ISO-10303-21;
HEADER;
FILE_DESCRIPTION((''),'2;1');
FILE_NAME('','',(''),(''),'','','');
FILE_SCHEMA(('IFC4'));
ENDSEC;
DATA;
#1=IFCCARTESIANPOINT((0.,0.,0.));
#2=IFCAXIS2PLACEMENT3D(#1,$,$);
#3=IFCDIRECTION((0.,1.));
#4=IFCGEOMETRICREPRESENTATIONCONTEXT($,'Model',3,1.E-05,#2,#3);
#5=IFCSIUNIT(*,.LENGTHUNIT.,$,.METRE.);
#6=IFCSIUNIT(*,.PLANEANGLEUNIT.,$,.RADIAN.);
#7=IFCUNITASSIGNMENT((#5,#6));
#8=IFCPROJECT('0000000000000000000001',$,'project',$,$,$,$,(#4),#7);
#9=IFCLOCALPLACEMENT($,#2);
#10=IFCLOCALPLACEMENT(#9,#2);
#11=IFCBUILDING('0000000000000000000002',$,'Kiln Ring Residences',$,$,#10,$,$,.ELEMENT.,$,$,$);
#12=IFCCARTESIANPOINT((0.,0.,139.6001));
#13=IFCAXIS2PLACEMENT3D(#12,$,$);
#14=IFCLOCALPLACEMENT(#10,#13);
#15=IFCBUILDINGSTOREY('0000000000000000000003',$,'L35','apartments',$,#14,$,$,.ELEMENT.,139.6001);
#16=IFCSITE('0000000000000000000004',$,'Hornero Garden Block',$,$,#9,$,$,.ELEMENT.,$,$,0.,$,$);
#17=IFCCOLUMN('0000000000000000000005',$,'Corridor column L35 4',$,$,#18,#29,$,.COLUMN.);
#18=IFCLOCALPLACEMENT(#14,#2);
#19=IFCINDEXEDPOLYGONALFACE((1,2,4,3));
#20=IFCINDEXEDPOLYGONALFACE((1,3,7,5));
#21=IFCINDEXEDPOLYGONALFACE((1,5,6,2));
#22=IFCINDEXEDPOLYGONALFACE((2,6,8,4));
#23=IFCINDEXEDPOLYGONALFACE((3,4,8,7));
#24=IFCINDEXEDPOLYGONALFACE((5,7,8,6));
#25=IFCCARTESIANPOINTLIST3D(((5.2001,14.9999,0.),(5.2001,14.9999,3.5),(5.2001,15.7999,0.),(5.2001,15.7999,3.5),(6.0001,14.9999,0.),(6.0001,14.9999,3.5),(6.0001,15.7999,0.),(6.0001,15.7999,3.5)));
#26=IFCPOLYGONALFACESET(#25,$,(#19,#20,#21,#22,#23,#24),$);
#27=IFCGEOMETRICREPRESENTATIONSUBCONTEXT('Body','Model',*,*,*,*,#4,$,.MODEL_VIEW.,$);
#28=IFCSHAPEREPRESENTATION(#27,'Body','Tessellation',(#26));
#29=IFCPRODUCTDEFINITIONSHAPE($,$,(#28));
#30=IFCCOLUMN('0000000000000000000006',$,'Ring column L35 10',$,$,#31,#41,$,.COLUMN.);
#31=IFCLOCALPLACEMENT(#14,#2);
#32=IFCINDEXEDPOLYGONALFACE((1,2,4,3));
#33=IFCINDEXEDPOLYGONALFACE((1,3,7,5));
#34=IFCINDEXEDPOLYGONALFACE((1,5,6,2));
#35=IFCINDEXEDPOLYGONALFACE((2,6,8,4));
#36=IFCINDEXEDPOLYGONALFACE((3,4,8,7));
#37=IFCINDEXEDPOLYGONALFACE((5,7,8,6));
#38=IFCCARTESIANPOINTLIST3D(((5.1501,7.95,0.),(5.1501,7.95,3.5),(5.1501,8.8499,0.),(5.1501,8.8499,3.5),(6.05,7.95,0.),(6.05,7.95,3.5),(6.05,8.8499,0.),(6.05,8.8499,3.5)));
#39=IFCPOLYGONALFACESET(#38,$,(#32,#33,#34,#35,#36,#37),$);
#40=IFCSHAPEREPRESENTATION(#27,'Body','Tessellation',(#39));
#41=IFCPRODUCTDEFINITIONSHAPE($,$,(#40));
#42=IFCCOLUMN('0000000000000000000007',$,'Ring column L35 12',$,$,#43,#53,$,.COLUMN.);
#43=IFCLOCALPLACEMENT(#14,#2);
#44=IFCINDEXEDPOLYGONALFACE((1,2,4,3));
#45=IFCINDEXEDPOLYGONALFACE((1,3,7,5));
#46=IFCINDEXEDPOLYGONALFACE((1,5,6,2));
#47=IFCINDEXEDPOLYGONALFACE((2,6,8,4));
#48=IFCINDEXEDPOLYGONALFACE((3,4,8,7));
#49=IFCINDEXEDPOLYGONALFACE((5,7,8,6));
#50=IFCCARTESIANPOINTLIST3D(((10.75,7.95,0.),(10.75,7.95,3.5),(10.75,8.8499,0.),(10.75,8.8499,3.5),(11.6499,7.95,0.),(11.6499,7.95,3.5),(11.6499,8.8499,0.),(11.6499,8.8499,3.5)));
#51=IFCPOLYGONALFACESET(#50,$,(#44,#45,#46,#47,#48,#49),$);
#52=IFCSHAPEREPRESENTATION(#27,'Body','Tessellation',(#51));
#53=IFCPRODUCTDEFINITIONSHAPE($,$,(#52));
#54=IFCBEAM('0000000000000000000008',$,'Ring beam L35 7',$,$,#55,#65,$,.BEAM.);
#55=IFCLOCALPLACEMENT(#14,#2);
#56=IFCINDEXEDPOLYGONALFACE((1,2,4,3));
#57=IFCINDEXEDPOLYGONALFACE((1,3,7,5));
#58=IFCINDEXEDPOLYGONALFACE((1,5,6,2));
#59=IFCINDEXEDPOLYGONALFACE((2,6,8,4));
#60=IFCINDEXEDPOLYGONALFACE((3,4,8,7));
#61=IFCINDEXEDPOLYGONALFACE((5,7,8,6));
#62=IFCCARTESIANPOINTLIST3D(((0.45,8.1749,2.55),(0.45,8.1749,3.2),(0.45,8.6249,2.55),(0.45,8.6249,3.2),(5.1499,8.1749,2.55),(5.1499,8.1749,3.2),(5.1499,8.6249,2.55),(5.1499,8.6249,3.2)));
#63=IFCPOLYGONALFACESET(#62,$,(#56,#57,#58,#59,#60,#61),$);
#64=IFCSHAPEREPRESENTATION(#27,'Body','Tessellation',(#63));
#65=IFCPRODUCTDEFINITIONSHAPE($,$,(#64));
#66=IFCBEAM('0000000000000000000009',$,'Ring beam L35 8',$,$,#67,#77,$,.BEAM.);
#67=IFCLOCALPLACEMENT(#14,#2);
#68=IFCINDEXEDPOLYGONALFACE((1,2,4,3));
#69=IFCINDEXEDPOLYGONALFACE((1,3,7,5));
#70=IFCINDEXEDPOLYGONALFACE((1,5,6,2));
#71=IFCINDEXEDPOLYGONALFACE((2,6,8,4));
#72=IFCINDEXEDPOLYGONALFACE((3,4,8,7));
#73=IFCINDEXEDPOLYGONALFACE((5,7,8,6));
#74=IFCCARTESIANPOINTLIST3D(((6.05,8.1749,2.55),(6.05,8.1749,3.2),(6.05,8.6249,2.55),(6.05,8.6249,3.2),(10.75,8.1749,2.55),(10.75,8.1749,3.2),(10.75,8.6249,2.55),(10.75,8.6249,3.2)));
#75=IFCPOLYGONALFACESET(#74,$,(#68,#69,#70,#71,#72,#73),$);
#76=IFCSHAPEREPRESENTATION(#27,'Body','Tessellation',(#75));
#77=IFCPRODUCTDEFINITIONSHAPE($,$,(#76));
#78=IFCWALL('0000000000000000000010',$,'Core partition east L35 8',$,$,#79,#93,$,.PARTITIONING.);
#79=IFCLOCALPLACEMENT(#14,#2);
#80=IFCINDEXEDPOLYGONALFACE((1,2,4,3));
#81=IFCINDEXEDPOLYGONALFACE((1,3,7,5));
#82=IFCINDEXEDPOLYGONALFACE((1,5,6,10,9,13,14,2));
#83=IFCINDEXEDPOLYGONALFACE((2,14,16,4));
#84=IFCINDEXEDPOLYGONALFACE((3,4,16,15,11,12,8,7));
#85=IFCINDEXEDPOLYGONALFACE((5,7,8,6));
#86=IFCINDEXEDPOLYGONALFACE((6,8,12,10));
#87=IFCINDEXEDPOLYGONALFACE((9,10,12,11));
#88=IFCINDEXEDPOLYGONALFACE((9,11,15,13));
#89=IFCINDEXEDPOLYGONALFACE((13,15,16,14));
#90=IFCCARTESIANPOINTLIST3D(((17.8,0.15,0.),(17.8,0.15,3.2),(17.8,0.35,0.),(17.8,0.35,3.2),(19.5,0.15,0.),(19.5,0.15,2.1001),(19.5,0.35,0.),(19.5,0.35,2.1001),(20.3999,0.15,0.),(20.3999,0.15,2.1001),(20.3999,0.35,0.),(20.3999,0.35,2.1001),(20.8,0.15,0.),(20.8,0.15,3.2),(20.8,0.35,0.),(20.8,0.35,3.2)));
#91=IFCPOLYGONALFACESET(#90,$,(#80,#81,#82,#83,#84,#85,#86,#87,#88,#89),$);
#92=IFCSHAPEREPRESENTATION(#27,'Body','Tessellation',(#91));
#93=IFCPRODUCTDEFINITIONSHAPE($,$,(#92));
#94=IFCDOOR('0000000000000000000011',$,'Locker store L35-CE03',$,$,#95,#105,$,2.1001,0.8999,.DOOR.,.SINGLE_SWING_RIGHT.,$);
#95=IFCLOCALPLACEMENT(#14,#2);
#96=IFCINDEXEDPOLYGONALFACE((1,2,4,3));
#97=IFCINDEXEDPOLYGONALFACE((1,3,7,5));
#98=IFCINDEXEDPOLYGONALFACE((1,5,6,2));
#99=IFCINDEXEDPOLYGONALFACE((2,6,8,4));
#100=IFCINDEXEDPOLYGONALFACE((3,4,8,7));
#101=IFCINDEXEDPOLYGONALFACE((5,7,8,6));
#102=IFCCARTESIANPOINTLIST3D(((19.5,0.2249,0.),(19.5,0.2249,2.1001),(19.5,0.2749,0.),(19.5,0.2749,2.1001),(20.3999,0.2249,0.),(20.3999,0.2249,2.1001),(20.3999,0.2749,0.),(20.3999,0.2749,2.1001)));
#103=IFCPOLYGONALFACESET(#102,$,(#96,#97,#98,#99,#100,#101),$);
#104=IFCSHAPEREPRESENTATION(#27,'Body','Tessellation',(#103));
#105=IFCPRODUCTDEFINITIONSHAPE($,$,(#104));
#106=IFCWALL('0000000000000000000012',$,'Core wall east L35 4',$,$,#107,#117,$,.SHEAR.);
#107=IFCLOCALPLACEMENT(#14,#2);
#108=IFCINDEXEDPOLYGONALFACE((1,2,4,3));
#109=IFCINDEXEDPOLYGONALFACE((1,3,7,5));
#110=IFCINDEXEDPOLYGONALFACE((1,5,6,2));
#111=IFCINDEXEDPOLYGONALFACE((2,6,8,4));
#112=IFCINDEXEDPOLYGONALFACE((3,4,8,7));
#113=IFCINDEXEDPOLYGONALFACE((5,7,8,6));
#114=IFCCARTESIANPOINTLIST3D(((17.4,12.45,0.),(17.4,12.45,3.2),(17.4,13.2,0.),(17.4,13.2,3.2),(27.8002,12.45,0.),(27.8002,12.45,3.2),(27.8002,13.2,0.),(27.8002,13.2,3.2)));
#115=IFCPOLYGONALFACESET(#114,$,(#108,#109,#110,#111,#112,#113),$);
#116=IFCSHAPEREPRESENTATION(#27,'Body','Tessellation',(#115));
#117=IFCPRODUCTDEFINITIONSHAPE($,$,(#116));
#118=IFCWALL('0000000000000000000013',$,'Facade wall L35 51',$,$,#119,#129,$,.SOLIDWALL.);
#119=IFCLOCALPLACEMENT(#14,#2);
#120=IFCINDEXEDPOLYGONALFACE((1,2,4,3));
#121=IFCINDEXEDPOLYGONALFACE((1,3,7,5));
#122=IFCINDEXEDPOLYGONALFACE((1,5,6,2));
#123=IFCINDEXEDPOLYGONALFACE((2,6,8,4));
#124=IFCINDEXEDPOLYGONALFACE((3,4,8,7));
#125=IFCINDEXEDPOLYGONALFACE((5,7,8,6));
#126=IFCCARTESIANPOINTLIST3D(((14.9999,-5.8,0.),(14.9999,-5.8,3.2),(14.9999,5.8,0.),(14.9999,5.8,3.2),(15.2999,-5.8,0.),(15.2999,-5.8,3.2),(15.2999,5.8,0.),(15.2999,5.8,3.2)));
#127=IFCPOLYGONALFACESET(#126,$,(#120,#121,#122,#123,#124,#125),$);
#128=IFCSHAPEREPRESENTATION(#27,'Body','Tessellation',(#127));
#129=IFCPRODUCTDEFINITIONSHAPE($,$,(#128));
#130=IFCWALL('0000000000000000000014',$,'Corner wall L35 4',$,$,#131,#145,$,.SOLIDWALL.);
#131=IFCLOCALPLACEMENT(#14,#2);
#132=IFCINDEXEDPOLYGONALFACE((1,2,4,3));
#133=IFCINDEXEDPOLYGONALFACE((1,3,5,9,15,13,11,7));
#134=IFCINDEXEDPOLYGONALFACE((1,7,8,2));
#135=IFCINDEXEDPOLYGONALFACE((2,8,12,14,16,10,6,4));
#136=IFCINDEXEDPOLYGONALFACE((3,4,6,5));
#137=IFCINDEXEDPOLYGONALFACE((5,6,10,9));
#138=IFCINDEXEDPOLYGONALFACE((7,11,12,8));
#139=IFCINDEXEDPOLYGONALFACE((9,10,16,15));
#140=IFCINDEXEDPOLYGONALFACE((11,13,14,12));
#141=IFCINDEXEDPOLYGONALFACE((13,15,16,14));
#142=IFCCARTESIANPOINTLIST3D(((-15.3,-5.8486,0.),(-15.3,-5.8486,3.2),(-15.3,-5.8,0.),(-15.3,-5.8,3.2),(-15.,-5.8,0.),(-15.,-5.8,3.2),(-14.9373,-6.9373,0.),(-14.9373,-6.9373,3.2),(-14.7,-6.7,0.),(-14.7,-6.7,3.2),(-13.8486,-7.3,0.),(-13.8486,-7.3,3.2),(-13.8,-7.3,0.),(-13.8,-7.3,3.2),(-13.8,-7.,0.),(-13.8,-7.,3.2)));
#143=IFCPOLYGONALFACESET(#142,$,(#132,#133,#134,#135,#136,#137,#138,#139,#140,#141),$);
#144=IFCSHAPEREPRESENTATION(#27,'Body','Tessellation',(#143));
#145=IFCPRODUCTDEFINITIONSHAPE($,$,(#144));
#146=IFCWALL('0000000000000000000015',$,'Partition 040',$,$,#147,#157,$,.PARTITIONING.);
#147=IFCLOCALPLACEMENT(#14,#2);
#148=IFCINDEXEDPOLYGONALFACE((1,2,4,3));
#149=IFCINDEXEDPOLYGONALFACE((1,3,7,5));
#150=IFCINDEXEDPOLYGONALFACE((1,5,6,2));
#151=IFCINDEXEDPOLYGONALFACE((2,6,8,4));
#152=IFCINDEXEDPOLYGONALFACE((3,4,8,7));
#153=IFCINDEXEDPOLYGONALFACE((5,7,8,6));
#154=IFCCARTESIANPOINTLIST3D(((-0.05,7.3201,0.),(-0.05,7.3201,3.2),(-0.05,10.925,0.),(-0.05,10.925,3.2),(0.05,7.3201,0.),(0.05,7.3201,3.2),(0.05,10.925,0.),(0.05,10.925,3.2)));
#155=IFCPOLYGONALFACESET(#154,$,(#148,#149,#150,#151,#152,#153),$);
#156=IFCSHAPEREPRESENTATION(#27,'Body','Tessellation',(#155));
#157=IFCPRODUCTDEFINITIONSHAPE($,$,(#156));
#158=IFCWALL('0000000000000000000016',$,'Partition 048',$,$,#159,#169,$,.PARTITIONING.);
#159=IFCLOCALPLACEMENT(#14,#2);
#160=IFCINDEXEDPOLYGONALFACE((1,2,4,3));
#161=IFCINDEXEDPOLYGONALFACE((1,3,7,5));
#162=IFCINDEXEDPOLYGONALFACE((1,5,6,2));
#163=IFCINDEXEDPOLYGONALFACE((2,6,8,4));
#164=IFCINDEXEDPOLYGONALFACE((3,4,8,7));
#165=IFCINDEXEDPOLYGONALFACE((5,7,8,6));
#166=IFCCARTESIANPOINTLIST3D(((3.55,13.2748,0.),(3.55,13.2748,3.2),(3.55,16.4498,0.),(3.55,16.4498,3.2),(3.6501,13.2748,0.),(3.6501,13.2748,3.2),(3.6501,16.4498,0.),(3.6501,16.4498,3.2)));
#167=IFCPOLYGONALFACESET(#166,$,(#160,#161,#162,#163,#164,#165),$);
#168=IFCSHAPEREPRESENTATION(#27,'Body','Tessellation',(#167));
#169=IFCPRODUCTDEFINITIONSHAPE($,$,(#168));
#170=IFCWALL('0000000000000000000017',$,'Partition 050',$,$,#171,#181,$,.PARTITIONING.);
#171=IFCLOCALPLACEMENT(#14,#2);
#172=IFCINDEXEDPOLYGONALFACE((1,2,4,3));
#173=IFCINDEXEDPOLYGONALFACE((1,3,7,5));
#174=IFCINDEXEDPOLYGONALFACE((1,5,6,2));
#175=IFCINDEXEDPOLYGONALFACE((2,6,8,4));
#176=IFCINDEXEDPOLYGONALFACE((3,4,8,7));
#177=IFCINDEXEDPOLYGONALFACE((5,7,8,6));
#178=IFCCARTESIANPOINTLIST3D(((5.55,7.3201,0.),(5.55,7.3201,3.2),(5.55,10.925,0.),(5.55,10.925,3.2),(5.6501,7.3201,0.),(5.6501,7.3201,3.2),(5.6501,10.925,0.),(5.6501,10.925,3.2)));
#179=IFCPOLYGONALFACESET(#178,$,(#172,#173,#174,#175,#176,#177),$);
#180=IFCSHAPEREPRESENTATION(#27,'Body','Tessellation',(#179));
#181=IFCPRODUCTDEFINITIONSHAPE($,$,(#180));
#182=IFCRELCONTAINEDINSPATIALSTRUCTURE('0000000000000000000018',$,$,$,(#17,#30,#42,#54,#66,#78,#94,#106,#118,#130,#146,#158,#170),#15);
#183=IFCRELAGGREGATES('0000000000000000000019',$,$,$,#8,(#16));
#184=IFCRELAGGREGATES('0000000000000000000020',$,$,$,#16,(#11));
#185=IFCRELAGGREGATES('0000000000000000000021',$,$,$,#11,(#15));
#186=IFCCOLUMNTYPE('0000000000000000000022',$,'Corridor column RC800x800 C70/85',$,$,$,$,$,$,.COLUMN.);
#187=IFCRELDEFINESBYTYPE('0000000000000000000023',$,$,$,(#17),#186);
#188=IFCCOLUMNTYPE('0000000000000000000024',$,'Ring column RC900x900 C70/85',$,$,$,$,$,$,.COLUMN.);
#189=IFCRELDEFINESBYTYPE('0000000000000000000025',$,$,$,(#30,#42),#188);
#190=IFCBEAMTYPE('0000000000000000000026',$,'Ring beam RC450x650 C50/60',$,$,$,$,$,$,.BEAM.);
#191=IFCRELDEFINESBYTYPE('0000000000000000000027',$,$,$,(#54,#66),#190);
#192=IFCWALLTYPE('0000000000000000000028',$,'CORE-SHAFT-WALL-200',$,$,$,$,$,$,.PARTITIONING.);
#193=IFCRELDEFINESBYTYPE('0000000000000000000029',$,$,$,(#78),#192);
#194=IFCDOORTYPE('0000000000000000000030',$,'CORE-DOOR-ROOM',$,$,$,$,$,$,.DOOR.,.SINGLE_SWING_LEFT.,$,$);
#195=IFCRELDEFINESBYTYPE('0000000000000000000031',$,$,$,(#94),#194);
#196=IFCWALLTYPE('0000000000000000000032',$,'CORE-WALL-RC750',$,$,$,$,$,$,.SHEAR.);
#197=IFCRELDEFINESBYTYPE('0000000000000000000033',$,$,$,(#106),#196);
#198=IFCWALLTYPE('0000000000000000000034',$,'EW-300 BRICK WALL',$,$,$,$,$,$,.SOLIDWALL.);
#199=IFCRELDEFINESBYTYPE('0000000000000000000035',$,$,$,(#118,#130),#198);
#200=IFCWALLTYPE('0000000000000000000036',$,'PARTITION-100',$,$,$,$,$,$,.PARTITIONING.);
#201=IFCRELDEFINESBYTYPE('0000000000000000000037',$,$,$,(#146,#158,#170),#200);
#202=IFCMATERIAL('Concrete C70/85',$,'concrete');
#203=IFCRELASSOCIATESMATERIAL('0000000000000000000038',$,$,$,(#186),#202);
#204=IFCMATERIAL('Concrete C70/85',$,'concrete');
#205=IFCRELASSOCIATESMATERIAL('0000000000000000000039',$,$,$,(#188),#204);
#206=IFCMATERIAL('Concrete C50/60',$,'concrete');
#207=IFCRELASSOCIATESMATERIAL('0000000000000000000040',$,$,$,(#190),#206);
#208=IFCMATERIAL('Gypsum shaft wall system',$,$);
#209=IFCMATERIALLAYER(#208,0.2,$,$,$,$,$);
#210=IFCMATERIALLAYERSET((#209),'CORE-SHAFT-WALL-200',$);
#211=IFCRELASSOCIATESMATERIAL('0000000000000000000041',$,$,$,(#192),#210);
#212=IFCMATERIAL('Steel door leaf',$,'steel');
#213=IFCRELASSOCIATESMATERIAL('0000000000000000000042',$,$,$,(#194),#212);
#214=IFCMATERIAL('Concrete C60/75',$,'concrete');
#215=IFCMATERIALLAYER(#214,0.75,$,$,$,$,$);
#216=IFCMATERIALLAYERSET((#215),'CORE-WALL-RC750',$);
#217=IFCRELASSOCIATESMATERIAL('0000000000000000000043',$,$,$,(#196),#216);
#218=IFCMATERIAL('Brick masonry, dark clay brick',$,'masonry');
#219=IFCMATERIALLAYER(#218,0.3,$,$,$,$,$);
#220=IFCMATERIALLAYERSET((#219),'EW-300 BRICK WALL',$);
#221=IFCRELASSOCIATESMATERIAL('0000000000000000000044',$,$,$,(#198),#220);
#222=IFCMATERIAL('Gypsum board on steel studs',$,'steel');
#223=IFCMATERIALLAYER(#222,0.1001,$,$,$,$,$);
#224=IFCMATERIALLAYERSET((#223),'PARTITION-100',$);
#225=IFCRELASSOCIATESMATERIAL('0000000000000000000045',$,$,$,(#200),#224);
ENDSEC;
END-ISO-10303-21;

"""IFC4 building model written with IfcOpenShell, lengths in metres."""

from ifc_helpers import new_model, si_unit, direction, frame, frame_2d, origin, origin_2d, place, context, subcontext, project, spatial, polyline, rectangle, outline, extrude, material, layer, layer_set, material_profile, profile_set, type_object, element, fill, save


model = new_model("IFC4")

# Units and contexts
model_context = context("Model", 3, precision=1e-05, world=origin(), true_north=direction((0.0, 1.0)))
body_context = subcontext(model_context, "Body", "Model", "MODEL_VIEW")
ifc_project = project(units=[si_unit("LENGTHUNIT", "METRE"), si_unit("PLANEANGLEUNIT", "RADIAN")], contexts=[model_context])

# Site, building, storey
site_placement = place(None, origin())
site = spatial("IfcSite", under=ifc_project, at=site_placement, Name="Hornero Garden Block", CompositionType="ELEMENT", RefElevation=0.0)
building_placement = place(site_placement, origin())
building = spatial("IfcBuilding", under=site, at=building_placement, Name="Kiln Ring Residences", CompositionType="ELEMENT")
storey_placement = place(building_placement, frame((0.0, 0.0, 139.6001)))
storey = spatial("IfcBuildingStorey", under=building, at=storey_placement, Name="L35", Description="apartments", CompositionType="ELEMENT", Elevation=139.6001)

# Columns
ifc_material_1 = material(Name="Concrete C70/85", Category="concrete")
ifc_material_profile_1 = material_profile(ifc_material_1, rectangle(XDim=0.8, YDim=0.8, at=origin_2d()), Name="RC800x800")
ifc_profile_set_1 = profile_set([ifc_material_profile_1], Name="Concrete C70/85")
column_type_1 = type_object("IfcColumnType", Name="Corridor column RC800x800 C70/85", PredefinedType="COLUMN", material=ifc_profile_set_1)
column_placement = place(storey_placement, frame((5.6001, 15.3999, 0.0), z_axis=(0.0, 0.0, 1.0), x_axis=(1.0, 0.0, 0.0)))
element("IfcColumn", 1, at=column_placement, inside=storey, type_object=column_type_1, Name="Corridor column L35 4", PredefinedType="COLUMN", context=body_context, shape_type="SweptSolid", body=[
    extrude(rectangle(XDim=0.8, YDim=0.8, at=origin_2d()), origin(), (0.0, 0.0, 1.0), 3.5),
])
ifc_material_2 = material(Name="Concrete C70/85", Category="concrete")
ifc_material_profile_2 = material_profile(ifc_material_2, rectangle(XDim=0.8999, YDim=0.8999, at=origin_2d()), Name="RC900x900")
ifc_profile_set_2 = profile_set([ifc_material_profile_2], Name="Concrete C70/85")
column_type_2 = type_object("IfcColumnType", Name="Ring column RC900x900 C70/85", PredefinedType="COLUMN", material=ifc_profile_set_2)
for number, where, z_axis, x_axis, name in (
    (2, (5.6001, 8.3999, 0.0), (0.0, 0.0, 1.0), (1.0, 0.0, 0.0), "Ring column L35 10"),
    (3, (11.2, 8.3999, 0.0), (0.0, 0.0, 1.0), (1.0, 0.0, 0.0), "Ring column L35 12"),
):
    element("IfcColumn", number, at=place(storey_placement, frame(where, z_axis=z_axis, x_axis=x_axis)), inside=storey, type_object=column_type_2, Name=name, PredefinedType="COLUMN", context=body_context, shape_type="SweptSolid", body=[
        extrude(rectangle(XDim=0.8999, YDim=0.8999, at=origin_2d()), origin(), (0.0, 0.0, 1.0), 3.5),
    ])

# Beams
ifc_material_3 = material(Name="Concrete C50/60", Category="concrete")
ifc_material_profile_3 = material_profile(ifc_material_3, rectangle(XDim=0.45, YDim=0.6499, at=origin_2d()), Name="RC450x650")
ifc_profile_set_3 = profile_set([ifc_material_profile_3], Name="Concrete C50/60")
beam_type = type_object("IfcBeamType", Name="Ring beam RC450x650 C50/60", PredefinedType="BEAM", material=ifc_profile_set_3)
for number, where, z_axis, x_axis, name in (
    (4, (0.45, 8.3999, 2.875), (1.0, 0.0, 0.0), (0.0, 1.0, 0.0), "Ring beam L35 7"),
    (5, (6.05, 8.3999, 2.875), (1.0, 0.0, 0.0), (0.0, 1.0, 0.0), "Ring beam L35 8"),
):
    element("IfcBeam", number, at=place(storey_placement, frame(where, z_axis=z_axis, x_axis=x_axis)), inside=storey, type_object=beam_type, Name=name, PredefinedType="BEAM", context=body_context, shape_type="SweptSolid", body=[
        extrude(rectangle(XDim=0.45, YDim=0.6499, at=origin_2d()), origin(), (0.0, 0.0, 1.0), 4.7),
    ])

# Wall, opening, door
ifc_material_4 = material(Name="Gypsum shaft wall system")
ifc_layer_1 = layer(ifc_material_4, 0.2)
ifc_layer_set_1 = layer_set([ifc_layer_1], Name="CORE-SHAFT-WALL-200")
wall_type_1 = type_object("IfcWallType", Name="CORE-SHAFT-WALL-200", PredefinedType="PARTITIONING", material=ifc_layer_set_1)
wall_1_placement = place(storey_placement, frame((17.8, 0.25, 0.0), z_axis=(0.0, 0.0, 1.0), x_axis=(1.0, 0.0, 0.0)))
wall_1 = element("IfcWall", 6, at=wall_1_placement, inside=storey, type_object=wall_type_1, Name="Core partition east L35 8", PredefinedType="PARTITIONING", context=body_context, shape_type="SweptSolid", body=[
    extrude(rectangle(XDim=3.0, YDim=0.2, at=frame_2d((1.5, 0.0))), origin(), (0.0, 0.0, 1.0), 3.2),
])
opening_1_placement = place(wall_1_placement, frame((1.7, 0.0, 0.0)))
opening_1 = element("IfcOpeningElement", 7, at=opening_1_placement, cuts=wall_1, PredefinedType="OPENING", context=body_context, shape_type="SweptSolid", body=[
    extrude(rectangle(XDim=0.8999, YDim=2.1001, at=frame_2d((0.45, 1.05))), frame((0.0, 0.1099, 0.0), z_axis=(0.0, -1.0, 0.0), x_axis=(1.0, 0.0, 0.0)), (0.0, 0.0, 1.0), 0.22),
])
ifc_material_5 = material(Name="Steel door leaf", Category="steel")
door_type_1 = type_object("IfcDoorType", Name="CORE-DOOR-ROOM", OperationType="SINGLE_SWING_LEFT", PredefinedType="DOOR", material=ifc_material_5)
door_1_placement = place(opening_1_placement, origin())
door_1 = element("IfcDoor", 8, at=door_1_placement, inside=storey, type_object=door_type_1, Name="Locker store L35-CE03", OperationType="SINGLE_SWING_RIGHT", OverallHeight=2.1001, OverallWidth=0.8999, PredefinedType="DOOR", context=body_context, shape_type="SweptSolid", body=[
    extrude(rectangle(XDim=0.8999, YDim=2.1001, at=frame_2d((0.45, 1.05))), frame((0.0, 0.0249, 0.0), z_axis=(0.0, -1.0, 0.0), x_axis=(1.0, 0.0, 0.0)), (0.0, 0.0, 1.0), 0.05),
])
fill(opening_1, door_1)

# Walls
ifc_material_6 = material(Name="Concrete C60/75", Category="concrete")
ifc_layer_2 = layer(ifc_material_6, 0.75)
ifc_layer_set_2 = layer_set([ifc_layer_2], Name="CORE-WALL-RC750")
wall_type_2 = type_object("IfcWallType", Name="CORE-WALL-RC750", PredefinedType="SHEAR", material=ifc_layer_set_2)
wall_2_placement = place(storey_placement, frame((17.3999, 12.825, 0.0), z_axis=(0.0, 0.0, 1.0), x_axis=(1.0, 0.0, 0.0)))
element("IfcWall", 9, at=wall_2_placement, inside=storey, type_object=wall_type_2, Name="Core wall east L35 4", PredefinedType="SHEAR", context=body_context, shape_type="SweptSolid", body=[
    extrude(rectangle(XDim=10.4001, YDim=0.75, at=frame_2d((5.2002, 0.0))), origin(), (0.0, 0.0, 1.0), 3.2),
])
ifc_material_7 = material(Name="Brick masonry, dark clay brick", Category="masonry")
ifc_layer_3 = layer(ifc_material_7, 0.3)
ifc_layer_set_3 = layer_set([ifc_layer_3], Name="EW-300 BRICK WALL")
wall_type_3 = type_object("IfcWallType", Name="EW-300 BRICK WALL", PredefinedType="SOLIDWALL", material=ifc_layer_set_3)
wall_3_placement = place(storey_placement, frame((15.1499, 5.8, 0.0), z_axis=(0.0, 0.0, 1.0), x_axis=(0.0, -1.0, 0.0)))
element("IfcWall", 10, at=wall_3_placement, inside=storey, type_object=wall_type_3, Name="Facade wall L35 51", PredefinedType="SOLIDWALL", context=body_context, shape_type="SweptSolid", body=[
    extrude(rectangle(XDim=11.6001, YDim=0.3, at=frame_2d((5.8, 0.0))), origin(), (0.0, 0.0, 1.0), 3.2),
])
wall_4_placement = place(storey_placement, origin())
element("IfcWall", 11, at=wall_4_placement, inside=storey, type_object=wall_type_3, Name="Corner wall L35 4", PredefinedType="SOLIDWALL", context=body_context, shape_type="SweptSolid", body=[
    extrude(outline(polyline([(-14.9373, -6.9373), (-13.8486, -7.3), (-13.8, -7.3), (-13.8, -7.0), (-14.7, -6.7), (-15.0, -5.8), (-15.3, -5.8), (-15.3, -5.8486), (-14.9373, -6.9373)])), origin(), (0.0, 0.0, 1.0), 3.2),
])
ifc_material_8 = material(Name="Gypsum board on steel studs", Category="steel")
ifc_layer_4 = layer(ifc_material_8, 0.1001)
ifc_layer_set_4 = layer_set([ifc_layer_4], Name="PARTITION-100")
wall_type_4 = type_object("IfcWallType", Name="PARTITION-100", PredefinedType="PARTITIONING", material=ifc_layer_set_4)
wall_5_placement = place(storey_placement, frame((0.0, 7.3201, 0.0), z_axis=(0.0, 0.0, 1.0), x_axis=(0.0, 1.0, 0.0)))
element("IfcWall", 12, at=wall_5_placement, inside=storey, type_object=wall_type_4, Name="Partition 040", PredefinedType="PARTITIONING", context=body_context, shape_type="SweptSolid", body=[
    extrude(rectangle(XDim=3.605, YDim=0.1001, at=frame_2d((1.8025, 0.0))), origin(), (0.0, 0.0, 1.0), 3.2),
])
wall_6_placement = place(storey_placement, frame((3.6001, 13.2749, 0.0), z_axis=(0.0, 0.0, 1.0), x_axis=(0.0, 1.0, 0.0)))
element("IfcWall", 13, at=wall_6_placement, inside=storey, type_object=wall_type_4, Name="Partition 048", PredefinedType="PARTITIONING", context=body_context, shape_type="SweptSolid", body=[
    extrude(rectangle(XDim=3.175, YDim=0.1001, at=frame_2d((1.5874, 0.0))), origin(), (0.0, 0.0, 1.0), 3.2),
])
wall_7_placement = place(storey_placement, frame((5.6001, 7.3201, 0.0), z_axis=(0.0, 0.0, 1.0), x_axis=(0.0, 1.0, 0.0)))
element("IfcWall", 14, at=wall_7_placement, inside=storey, type_object=wall_type_4, Name="Partition 050", PredefinedType="PARTITIONING", context=body_context, shape_type="SweptSolid", body=[
    extrude(rectangle(XDim=3.605, YDim=0.1001, at=frame_2d((1.8025, 0.0))), origin(), (0.0, 0.0, 1.0), 3.2),
])

save(model, "model.ifc")
